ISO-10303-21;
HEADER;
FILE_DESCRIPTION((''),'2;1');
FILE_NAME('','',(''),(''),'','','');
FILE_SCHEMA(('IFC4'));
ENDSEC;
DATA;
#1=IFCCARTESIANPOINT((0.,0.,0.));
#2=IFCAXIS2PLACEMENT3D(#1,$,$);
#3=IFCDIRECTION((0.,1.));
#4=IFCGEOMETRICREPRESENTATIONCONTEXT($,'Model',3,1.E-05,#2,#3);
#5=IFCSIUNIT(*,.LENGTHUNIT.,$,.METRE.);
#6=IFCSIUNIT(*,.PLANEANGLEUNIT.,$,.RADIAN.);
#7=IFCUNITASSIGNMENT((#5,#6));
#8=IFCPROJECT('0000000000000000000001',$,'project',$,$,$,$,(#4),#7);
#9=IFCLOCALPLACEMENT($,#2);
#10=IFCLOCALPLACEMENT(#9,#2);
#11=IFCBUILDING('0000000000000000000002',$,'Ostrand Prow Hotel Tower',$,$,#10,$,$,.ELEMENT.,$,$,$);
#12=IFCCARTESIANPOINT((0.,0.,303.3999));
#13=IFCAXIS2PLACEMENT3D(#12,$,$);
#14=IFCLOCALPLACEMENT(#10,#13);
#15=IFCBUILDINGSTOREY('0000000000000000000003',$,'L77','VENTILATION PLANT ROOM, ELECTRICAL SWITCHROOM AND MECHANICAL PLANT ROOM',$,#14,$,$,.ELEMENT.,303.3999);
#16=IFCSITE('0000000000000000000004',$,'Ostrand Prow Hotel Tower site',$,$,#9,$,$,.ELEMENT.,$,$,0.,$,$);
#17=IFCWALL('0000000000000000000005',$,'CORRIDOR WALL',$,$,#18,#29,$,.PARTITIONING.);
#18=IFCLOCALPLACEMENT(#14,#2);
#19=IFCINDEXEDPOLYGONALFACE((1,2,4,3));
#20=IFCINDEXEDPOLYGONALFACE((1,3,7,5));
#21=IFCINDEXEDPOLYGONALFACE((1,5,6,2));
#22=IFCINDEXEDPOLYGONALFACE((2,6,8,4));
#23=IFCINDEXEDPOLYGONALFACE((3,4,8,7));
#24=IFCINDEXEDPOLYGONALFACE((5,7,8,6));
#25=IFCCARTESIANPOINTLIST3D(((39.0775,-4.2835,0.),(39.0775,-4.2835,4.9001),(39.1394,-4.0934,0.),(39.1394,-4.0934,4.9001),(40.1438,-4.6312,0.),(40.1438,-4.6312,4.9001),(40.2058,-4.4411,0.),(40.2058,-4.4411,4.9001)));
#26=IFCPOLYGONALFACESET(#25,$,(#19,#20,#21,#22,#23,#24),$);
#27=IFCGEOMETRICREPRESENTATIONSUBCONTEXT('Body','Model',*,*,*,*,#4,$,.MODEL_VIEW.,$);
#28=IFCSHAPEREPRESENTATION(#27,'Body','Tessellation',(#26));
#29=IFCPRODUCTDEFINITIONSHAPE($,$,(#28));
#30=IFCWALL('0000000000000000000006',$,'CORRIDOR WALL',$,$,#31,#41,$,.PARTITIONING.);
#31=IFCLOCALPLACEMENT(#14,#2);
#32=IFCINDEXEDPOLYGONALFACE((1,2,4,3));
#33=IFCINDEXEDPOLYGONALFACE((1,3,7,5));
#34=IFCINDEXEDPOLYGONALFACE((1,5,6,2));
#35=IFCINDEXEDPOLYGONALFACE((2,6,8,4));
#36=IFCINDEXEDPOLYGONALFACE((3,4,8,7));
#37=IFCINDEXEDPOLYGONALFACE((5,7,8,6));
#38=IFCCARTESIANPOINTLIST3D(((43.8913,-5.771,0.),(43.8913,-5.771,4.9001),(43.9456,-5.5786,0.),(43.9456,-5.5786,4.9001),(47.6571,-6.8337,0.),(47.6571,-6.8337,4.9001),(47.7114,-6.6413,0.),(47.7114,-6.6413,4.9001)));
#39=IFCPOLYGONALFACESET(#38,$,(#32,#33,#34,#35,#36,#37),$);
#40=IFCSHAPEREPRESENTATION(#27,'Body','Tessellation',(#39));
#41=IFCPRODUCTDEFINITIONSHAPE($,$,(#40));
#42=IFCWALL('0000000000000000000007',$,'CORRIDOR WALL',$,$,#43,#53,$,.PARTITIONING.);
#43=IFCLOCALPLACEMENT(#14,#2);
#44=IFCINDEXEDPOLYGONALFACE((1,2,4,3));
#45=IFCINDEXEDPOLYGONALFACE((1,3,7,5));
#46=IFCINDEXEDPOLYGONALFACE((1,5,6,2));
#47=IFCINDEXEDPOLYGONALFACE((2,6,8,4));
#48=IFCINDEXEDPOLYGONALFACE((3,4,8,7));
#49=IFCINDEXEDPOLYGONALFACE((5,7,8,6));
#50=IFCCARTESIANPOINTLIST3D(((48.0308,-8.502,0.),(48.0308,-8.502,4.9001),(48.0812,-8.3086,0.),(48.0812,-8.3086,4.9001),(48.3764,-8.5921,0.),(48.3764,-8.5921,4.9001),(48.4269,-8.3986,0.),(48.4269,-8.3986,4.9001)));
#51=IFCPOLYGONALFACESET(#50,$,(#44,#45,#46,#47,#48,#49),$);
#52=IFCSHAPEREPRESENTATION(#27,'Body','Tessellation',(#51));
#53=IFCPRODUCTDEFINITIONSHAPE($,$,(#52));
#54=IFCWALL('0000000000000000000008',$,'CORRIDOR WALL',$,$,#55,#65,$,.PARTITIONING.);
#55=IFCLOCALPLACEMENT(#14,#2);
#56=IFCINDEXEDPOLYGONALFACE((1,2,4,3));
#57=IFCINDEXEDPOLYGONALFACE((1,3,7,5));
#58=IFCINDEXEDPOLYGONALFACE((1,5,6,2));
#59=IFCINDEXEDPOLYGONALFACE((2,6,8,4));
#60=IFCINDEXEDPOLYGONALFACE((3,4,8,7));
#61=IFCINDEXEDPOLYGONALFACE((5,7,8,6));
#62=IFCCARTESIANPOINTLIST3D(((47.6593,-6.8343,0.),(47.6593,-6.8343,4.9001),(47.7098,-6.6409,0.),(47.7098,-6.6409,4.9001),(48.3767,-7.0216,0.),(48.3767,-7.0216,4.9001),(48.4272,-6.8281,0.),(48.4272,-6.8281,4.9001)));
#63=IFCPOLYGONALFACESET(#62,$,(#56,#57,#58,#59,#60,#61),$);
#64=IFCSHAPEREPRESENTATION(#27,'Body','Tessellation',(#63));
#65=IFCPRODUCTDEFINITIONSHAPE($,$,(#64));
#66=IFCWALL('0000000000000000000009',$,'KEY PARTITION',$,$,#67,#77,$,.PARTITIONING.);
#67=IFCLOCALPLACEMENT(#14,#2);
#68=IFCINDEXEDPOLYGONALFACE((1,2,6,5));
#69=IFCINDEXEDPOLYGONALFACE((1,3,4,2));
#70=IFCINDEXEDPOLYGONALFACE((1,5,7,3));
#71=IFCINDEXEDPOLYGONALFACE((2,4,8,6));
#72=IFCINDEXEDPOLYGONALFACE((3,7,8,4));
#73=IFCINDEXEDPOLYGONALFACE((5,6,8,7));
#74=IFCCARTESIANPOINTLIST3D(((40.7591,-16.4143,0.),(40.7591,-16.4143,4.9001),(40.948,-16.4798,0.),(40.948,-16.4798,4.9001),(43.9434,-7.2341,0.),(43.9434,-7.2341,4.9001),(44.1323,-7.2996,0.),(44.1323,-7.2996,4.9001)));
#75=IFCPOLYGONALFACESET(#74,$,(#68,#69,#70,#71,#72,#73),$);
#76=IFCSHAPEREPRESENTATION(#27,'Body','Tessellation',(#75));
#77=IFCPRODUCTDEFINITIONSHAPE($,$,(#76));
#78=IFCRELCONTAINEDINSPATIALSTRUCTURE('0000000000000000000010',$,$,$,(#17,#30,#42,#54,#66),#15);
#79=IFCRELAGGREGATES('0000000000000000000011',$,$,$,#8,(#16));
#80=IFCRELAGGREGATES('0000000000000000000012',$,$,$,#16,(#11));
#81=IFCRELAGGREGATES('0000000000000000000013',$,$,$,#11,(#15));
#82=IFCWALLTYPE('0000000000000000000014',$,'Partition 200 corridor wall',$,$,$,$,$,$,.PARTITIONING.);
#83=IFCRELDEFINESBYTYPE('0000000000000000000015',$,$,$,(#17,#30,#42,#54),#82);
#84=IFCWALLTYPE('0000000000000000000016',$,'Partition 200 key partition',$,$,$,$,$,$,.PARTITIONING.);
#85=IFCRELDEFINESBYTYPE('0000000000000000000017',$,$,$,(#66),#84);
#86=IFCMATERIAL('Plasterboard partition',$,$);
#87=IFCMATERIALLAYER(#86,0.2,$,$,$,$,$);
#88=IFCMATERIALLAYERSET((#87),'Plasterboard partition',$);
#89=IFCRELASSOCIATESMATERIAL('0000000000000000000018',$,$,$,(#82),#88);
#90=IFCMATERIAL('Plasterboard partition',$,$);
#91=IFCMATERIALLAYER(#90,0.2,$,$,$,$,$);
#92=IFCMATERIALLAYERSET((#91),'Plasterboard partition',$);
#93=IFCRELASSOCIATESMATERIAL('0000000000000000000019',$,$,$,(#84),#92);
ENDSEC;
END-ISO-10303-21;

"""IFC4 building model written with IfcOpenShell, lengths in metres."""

from ifc_helpers import new_model, si_unit, direction, frame, frame_2d, origin, place, context, subcontext, project, spatial, rectangle, extrude, material, layer, layer_set, type_object, element, save


model = new_model("IFC4")

# Units and contexts
model_context = context("Model", 3, precision=1e-05, world=origin(), true_north=direction((0.0, 1.0)))
body_context = subcontext(model_context, "Body", "Model", "MODEL_VIEW")
ifc_project = project(units=[si_unit("LENGTHUNIT", "METRE"), si_unit("PLANEANGLEUNIT", "RADIAN")], contexts=[model_context])

# Site, building, storey
site_placement = place(None, origin())
site = spatial("IfcSite", under=ifc_project, at=site_placement, Name="Ostrand Prow Hotel Tower site", CompositionType="ELEMENT", RefElevation=0.0)
building_placement = place(site_placement, origin())
building = spatial("IfcBuilding", under=site, at=building_placement, Name="Ostrand Prow Hotel Tower", CompositionType="ELEMENT")
storey_placement = place(building_placement, frame((0.0, 0.0, 303.3999)))
storey = spatial("IfcBuildingStorey", under=building, at=storey_placement, Name="L77", Description="VENTILATION PLANT ROOM, ELECTRICAL SWITCHROOM AND MECHANICAL PLANT ROOM", CompositionType="ELEMENT", Elevation=303.3999)

# Shared definitions
ifc_material_1 = material(Name="Plasterboard partition")
ifc_layer_1 = layer(ifc_material_1, 0.2)
ifc_layer_set_1 = layer_set([ifc_layer_1], Name="Plasterboard partition")
wall_type_1 = type_object("IfcWallType", Name="Partition 200 corridor wall", PredefinedType="PARTITIONING", material=ifc_layer_set_1)

# Walls
wall_1_placement = place(storey_placement, frame((40.1748, -4.5361, 0.0), z_axis=(0.0, 0.0, 1.0), x_axis=(-0.950752, 0.309952, 0.0)))
element("IfcWall", 1, at=wall_1_placement, inside=storey, type_object=wall_type_1, Name="CORRIDOR WALL", PredefinedType="PARTITIONING", context=body_context, shape_type="SweptSolid", body=[
    extrude(rectangle(XDim=1.1216, YDim=0.2, at=frame_2d((0.5608, 0.0))), origin(), (0.0, 0.0, 1.0), 4.9001),
])
wall_2_placement = place(storey_placement, frame((47.6843, -6.7375, 0.0), z_axis=(0.0, 0.0, 1.0), x_axis=(-0.962411, 0.271596, 0.0)))
element("IfcWall", 2, at=wall_2_placement, inside=storey, type_object=wall_type_1, Name="CORRIDOR WALL", PredefinedType="PARTITIONING", context=body_context, shape_type="SweptSolid", body=[
    extrude(rectangle(XDim=3.9128, YDim=0.2, at=frame_2d((1.9565, 0.0))), origin(), (0.0, 0.0, 1.0), 4.9001),
])
wall_3_placement = place(storey_placement, frame((48.0559, -8.4053, 0.0), z_axis=(0.0, 0.0, 1.0), x_axis=(0.967683, -0.252172, 0.0)))
element("IfcWall", 3, at=wall_3_placement, inside=storey, type_object=wall_type_1, Name="CORRIDOR WALL", PredefinedType="PARTITIONING", context=body_context, shape_type="SweptSolid", body=[
    extrude(rectangle(XDim=0.3572, YDim=0.2, at=frame_2d((0.1787, 0.0))), origin(), (0.0, 0.0, 1.0), 4.9001),
])
wall_4_placement = place(storey_placement, frame((48.4019, -6.9248, 0.0), z_axis=(0.0, 0.0, 1.0), x_axis=(-0.967593, 0.252516, 0.0)))
element("IfcWall", 4, at=wall_4_placement, inside=storey, type_object=wall_type_1, Name="CORRIDOR WALL", PredefinedType="PARTITIONING", context=body_context, shape_type="SweptSolid", body=[
    extrude(rectangle(XDim=0.7415, YDim=0.2, at=frame_2d((0.3706, 0.0))), origin(), (0.0, 0.0, 1.0), 4.9001),
])
ifc_material_2 = material(Name="Plasterboard partition")
ifc_layer_2 = layer(ifc_material_2, 0.2)
ifc_layer_set_2 = layer_set([ifc_layer_2], Name="Plasterboard partition")
wall_type_2 = type_object("IfcWallType", Name="Partition 200 key partition", PredefinedType="PARTITIONING", material=ifc_layer_set_2)
wall_5_placement = place(storey_placement, frame((40.8535, -16.447, 0.0), z_axis=(0.0, 0.0, 1.0), x_axis=(0.327715, 0.944777, 0.0)))
element("IfcWall", 5, at=wall_5_placement, inside=storey, type_object=wall_type_2, Name="KEY PARTITION", PredefinedType="PARTITIONING", context=body_context, shape_type="SweptSolid", body=[
    extrude(rectangle(XDim=9.7168, YDim=0.2, at=frame_2d((4.8584, 0.0))), origin(), (0.0, 0.0, 1.0), 4.9001),
])

save(model, "model.ifc")
